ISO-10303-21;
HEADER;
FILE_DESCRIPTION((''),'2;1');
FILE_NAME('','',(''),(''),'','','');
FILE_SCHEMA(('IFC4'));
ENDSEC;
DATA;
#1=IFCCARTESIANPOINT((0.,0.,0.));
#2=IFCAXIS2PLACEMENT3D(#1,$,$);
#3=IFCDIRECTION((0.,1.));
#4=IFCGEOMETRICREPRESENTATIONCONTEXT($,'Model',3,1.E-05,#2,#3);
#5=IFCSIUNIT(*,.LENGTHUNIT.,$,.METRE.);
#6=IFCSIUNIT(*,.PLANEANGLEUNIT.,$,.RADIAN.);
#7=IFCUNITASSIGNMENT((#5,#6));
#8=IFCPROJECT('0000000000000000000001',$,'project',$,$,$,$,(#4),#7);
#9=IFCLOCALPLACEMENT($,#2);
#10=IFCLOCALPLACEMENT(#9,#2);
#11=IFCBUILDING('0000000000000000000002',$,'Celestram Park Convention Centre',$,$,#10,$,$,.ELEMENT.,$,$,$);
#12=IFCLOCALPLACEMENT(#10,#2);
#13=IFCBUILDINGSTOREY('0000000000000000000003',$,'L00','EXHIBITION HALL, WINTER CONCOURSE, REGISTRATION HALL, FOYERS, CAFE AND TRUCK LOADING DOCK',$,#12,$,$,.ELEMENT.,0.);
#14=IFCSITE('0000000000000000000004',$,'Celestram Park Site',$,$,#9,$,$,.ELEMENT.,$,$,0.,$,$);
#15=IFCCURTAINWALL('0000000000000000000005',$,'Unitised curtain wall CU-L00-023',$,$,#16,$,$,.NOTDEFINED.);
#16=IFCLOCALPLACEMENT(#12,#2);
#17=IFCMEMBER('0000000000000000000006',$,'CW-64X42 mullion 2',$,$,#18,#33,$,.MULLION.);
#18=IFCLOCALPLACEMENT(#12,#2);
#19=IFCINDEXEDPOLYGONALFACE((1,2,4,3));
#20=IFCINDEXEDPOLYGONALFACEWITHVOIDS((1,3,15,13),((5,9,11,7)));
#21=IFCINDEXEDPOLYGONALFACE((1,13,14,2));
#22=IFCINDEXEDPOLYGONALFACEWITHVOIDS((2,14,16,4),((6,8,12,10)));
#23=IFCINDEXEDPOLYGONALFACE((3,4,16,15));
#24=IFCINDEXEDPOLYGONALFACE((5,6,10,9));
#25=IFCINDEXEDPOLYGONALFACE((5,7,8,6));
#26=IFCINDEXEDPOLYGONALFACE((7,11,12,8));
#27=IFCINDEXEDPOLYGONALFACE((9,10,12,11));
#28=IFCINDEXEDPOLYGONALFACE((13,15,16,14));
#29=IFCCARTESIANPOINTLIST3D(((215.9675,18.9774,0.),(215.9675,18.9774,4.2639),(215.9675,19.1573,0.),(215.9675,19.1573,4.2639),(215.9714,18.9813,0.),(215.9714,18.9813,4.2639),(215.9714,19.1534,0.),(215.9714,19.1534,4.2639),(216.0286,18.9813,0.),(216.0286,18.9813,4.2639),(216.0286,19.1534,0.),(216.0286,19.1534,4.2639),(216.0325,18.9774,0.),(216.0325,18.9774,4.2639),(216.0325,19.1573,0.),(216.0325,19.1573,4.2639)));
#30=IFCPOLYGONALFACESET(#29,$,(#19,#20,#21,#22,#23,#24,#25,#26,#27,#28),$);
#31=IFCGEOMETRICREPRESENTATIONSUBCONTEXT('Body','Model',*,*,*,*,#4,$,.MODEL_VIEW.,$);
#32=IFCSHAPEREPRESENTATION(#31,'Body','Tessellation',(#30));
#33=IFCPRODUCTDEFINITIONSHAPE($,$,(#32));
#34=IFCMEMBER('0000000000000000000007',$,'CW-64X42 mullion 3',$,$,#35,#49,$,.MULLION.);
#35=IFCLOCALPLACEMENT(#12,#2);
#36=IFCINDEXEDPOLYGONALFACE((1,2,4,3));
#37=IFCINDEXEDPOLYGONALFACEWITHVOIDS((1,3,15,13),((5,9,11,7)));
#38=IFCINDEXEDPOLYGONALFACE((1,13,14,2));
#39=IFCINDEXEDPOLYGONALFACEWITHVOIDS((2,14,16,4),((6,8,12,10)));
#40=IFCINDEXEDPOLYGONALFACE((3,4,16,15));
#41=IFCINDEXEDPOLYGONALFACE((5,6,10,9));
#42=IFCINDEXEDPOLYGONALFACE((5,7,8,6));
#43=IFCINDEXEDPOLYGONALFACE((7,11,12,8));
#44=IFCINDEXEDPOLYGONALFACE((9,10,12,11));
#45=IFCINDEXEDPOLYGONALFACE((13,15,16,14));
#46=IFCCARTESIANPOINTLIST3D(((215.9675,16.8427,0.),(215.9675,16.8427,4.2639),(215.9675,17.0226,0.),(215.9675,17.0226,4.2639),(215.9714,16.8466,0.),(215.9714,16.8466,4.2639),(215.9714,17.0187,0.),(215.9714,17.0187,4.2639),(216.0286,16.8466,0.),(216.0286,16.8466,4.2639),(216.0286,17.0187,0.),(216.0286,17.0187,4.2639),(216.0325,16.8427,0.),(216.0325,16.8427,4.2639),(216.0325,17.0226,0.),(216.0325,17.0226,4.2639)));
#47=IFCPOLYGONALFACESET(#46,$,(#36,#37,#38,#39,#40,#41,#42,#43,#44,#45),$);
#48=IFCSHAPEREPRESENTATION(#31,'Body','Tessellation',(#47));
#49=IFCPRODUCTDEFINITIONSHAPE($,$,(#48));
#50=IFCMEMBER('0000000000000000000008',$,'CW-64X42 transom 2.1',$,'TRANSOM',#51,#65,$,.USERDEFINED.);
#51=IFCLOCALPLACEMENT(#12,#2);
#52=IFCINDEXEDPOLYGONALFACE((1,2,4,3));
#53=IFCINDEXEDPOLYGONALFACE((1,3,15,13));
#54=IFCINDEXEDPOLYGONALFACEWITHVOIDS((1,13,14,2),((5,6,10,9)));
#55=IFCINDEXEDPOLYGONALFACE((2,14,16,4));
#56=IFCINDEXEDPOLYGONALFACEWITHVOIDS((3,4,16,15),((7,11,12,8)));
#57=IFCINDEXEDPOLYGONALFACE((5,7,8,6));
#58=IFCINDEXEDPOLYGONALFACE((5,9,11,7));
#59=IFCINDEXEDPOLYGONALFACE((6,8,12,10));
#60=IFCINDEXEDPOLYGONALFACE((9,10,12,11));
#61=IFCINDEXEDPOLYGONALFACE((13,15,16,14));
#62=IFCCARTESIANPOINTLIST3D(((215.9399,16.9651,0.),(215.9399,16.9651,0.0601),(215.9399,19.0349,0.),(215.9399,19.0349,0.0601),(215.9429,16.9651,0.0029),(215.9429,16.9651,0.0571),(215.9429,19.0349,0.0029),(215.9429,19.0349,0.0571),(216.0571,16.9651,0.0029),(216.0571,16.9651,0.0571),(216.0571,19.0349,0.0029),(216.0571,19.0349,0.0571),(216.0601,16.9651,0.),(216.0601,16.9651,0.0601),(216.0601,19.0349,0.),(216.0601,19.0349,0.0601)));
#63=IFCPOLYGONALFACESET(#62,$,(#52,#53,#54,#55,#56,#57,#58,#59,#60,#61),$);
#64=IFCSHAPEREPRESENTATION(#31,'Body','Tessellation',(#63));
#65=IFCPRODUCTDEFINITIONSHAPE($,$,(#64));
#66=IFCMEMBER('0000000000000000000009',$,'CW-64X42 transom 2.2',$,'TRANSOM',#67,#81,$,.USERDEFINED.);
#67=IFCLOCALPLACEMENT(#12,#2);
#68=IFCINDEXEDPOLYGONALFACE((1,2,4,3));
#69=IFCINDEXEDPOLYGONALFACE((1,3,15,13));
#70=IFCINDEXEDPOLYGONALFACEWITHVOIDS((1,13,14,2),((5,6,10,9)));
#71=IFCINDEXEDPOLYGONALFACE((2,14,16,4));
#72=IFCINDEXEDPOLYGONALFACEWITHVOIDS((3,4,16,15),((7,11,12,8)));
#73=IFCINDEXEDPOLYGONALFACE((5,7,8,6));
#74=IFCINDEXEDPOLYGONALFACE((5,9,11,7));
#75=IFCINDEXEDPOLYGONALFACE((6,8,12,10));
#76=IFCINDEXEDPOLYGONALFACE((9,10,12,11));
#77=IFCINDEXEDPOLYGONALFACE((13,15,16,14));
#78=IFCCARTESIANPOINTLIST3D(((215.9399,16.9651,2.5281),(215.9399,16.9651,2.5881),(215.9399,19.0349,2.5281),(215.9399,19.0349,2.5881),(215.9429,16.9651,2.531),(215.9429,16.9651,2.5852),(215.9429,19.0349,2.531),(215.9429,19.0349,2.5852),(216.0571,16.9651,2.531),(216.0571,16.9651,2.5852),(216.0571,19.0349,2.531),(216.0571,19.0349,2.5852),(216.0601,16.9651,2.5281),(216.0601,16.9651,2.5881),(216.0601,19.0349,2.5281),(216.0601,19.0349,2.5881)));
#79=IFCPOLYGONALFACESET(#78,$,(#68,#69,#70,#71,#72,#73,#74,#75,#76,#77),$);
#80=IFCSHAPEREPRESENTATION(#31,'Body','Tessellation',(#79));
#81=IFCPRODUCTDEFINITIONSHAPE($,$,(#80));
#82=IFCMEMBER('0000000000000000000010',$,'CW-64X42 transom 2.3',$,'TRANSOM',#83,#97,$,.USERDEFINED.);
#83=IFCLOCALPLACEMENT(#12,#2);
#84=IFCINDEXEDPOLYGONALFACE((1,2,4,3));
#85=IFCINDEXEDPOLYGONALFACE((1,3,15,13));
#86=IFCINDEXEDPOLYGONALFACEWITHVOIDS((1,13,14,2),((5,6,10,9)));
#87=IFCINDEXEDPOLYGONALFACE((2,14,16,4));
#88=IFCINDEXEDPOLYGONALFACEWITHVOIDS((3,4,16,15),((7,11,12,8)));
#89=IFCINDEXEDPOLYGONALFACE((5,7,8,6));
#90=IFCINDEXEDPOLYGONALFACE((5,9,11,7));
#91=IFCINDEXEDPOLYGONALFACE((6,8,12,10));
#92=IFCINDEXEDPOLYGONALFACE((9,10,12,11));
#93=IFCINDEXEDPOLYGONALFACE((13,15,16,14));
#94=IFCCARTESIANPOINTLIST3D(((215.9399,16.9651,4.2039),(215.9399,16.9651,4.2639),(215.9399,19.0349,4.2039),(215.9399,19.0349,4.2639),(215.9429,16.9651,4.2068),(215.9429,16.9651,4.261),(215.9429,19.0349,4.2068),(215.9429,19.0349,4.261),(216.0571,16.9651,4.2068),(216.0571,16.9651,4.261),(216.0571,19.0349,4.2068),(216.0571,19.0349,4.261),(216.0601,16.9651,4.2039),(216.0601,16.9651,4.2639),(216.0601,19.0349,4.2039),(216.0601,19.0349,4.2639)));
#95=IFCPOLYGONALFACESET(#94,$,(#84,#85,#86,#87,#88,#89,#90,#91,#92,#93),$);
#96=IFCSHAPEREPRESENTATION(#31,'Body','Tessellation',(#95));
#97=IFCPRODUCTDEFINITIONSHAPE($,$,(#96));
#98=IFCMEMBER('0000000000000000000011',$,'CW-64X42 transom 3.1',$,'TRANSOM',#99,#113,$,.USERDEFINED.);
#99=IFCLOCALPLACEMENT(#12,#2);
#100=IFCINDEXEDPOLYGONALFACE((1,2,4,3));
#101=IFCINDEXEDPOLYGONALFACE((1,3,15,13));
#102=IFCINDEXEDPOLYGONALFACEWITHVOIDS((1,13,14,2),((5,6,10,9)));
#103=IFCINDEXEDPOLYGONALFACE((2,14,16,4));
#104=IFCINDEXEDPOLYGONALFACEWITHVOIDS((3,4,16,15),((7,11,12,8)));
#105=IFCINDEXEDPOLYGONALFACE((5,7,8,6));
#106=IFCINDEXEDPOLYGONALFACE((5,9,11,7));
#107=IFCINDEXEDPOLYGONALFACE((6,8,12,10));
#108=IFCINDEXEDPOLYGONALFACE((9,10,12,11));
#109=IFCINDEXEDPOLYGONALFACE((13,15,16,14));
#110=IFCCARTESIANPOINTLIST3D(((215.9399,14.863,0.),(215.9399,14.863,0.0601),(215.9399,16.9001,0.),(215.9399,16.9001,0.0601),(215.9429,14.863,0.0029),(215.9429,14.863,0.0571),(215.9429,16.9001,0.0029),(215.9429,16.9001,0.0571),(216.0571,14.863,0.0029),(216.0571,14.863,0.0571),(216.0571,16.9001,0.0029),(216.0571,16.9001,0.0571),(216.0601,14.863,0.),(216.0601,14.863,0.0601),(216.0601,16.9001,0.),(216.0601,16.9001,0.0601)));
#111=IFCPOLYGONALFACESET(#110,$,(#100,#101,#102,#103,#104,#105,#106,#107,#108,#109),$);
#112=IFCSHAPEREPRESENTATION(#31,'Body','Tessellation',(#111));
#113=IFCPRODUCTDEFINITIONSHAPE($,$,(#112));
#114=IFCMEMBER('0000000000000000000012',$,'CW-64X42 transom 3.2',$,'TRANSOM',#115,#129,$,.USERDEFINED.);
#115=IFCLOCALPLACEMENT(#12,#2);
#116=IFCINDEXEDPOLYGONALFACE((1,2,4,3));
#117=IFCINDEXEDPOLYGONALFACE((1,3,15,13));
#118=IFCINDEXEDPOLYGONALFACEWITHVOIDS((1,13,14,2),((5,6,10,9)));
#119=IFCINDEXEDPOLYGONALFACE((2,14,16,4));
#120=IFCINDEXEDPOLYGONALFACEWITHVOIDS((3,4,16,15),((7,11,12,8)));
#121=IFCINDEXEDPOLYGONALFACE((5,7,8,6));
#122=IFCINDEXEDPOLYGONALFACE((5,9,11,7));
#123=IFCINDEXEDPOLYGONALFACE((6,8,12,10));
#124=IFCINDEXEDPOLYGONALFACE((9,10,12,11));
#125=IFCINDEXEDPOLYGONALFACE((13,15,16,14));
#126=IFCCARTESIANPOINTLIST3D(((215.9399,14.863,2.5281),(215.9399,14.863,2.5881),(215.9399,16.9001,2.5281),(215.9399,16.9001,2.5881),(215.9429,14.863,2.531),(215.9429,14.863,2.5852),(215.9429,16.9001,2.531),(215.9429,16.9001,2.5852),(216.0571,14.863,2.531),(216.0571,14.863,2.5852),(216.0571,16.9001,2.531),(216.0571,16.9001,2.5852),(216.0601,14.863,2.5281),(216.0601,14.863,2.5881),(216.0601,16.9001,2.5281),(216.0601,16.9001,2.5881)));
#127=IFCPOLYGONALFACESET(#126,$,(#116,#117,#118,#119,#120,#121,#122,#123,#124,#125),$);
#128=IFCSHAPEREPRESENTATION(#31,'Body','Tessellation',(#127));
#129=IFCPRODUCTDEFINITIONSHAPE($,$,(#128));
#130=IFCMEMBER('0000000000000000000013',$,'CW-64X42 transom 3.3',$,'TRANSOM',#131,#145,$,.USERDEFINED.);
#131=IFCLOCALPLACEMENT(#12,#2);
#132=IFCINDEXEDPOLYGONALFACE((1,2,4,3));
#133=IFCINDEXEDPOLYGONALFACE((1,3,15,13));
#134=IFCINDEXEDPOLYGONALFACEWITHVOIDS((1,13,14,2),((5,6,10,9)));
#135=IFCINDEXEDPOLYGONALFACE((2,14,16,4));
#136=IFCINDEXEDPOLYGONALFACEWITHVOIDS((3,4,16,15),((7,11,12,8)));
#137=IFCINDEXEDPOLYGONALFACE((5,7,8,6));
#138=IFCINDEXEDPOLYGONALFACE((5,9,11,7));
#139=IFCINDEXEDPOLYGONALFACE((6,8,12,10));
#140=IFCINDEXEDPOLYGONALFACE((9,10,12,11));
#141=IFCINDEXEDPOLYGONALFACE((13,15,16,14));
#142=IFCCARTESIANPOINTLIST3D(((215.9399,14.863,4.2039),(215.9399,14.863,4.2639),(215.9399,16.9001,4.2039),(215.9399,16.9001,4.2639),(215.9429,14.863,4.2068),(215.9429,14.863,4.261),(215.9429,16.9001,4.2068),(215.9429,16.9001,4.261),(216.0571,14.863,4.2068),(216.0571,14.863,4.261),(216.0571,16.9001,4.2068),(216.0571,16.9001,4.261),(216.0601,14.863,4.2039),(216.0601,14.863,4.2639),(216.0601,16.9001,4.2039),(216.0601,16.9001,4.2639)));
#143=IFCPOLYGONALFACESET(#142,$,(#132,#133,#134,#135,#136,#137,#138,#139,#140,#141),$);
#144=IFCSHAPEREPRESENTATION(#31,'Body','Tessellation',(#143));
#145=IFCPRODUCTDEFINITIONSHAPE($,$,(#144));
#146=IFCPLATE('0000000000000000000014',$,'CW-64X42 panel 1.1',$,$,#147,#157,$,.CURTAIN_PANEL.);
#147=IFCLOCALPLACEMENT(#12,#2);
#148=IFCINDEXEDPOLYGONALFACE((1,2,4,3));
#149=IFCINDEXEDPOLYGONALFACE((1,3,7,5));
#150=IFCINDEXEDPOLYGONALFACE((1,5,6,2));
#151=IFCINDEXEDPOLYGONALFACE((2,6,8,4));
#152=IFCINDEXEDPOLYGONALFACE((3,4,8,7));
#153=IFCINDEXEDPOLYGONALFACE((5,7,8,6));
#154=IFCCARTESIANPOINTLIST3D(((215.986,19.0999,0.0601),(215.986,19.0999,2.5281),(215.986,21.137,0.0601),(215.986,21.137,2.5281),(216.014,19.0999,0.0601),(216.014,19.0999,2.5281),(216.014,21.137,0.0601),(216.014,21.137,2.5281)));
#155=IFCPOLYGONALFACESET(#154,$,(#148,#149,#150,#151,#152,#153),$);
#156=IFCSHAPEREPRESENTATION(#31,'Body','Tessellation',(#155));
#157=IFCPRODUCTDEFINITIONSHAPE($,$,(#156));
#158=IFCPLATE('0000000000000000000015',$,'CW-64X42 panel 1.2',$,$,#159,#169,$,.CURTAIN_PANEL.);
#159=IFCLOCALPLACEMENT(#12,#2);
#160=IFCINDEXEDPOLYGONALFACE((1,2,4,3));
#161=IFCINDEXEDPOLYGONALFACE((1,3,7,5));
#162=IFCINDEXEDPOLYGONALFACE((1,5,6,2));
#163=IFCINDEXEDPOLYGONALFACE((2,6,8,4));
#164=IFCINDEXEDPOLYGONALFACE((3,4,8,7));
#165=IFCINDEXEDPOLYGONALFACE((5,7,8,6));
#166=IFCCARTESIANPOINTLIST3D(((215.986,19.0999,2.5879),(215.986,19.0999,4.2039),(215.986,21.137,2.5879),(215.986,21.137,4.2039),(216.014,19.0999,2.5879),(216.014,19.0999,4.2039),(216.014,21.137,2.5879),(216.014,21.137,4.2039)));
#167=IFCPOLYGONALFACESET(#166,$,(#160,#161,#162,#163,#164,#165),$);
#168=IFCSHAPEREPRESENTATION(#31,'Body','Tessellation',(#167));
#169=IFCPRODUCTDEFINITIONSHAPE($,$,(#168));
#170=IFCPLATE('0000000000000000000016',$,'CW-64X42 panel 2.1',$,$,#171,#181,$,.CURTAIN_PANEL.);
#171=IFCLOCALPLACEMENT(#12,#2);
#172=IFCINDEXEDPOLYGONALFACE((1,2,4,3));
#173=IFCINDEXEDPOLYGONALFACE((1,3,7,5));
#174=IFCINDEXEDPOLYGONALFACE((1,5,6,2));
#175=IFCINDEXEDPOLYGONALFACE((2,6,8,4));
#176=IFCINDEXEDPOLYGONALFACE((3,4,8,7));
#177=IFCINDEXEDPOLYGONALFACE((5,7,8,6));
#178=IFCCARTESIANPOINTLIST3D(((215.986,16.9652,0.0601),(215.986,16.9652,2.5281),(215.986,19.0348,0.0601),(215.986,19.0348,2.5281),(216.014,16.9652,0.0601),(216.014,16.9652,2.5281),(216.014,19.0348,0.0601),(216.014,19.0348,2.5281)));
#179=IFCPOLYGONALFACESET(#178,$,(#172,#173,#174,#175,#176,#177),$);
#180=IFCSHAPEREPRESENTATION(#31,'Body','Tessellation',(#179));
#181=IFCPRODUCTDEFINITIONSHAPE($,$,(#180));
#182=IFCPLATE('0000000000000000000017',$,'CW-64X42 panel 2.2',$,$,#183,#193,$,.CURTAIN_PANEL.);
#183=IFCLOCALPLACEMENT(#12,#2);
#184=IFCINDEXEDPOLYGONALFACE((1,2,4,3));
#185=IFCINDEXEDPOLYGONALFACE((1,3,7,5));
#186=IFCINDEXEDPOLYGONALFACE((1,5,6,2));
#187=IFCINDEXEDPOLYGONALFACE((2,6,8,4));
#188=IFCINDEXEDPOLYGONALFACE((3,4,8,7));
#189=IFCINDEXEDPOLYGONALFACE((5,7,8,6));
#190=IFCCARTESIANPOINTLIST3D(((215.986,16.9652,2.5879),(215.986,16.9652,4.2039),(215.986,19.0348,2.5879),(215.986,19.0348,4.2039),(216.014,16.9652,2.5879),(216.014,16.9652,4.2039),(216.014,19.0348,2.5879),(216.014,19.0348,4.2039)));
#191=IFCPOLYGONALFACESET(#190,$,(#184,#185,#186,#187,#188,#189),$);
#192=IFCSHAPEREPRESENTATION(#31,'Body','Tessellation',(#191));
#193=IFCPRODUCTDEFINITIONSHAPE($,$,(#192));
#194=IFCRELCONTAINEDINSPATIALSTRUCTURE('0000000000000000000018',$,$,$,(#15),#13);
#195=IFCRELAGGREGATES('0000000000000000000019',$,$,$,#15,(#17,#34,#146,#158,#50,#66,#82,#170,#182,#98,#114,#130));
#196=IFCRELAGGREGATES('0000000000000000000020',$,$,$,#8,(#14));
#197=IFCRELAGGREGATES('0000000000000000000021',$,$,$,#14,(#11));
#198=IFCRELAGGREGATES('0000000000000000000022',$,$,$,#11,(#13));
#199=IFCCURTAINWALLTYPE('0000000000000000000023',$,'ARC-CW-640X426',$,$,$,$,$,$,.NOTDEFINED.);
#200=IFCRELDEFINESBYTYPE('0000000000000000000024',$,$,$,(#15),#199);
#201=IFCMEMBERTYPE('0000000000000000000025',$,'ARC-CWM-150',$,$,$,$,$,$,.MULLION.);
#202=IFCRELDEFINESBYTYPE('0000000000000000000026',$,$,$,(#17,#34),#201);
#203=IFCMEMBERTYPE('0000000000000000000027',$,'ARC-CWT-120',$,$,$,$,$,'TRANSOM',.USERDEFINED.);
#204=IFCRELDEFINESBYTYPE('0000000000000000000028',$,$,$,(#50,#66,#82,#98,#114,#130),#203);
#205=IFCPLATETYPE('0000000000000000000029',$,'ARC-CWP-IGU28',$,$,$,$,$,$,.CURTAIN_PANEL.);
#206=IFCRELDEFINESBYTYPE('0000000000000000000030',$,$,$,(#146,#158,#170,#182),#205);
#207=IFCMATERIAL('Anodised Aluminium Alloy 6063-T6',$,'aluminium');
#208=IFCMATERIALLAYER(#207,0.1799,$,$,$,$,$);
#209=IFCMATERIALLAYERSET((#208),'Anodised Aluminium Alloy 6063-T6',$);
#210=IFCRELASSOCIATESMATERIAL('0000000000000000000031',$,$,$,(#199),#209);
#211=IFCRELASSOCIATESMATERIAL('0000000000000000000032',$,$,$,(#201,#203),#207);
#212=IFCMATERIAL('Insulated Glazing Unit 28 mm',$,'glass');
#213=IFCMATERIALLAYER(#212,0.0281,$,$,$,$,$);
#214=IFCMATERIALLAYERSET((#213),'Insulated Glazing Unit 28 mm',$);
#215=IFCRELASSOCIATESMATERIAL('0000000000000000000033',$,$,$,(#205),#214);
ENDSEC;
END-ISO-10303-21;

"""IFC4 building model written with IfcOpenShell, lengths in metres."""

from ifc_helpers import new_model, si_unit, direction, frame, origin, origin_2d, place, context, subcontext, project, spatial, rectangle, hollow_rectangle, extrude, material, layer, layer_set, material_profile, profile_set, type_object, element, aggregate, save


model = new_model("IFC4")

# Units and contexts
model_context = context("Model", 3, precision=1e-05, world=origin(), true_north=direction((0.0, 1.0)))
body_context = subcontext(model_context, "Body", "Model", "MODEL_VIEW")
ifc_project = project(units=[si_unit("LENGTHUNIT", "METRE"), si_unit("PLANEANGLEUNIT", "RADIAN")], contexts=[model_context])

# Site, building, storey
site_placement = place(None, origin())
site = spatial("IfcSite", under=ifc_project, at=site_placement, Name="Celestram Park Site", CompositionType="ELEMENT", RefElevation=0.0)
building_placement = place(site_placement, origin())
building = spatial("IfcBuilding", under=site, at=building_placement, Name="Celestram Park Convention Centre", CompositionType="ELEMENT")
storey_placement = place(building_placement, origin())
storey = spatial("IfcBuildingStorey", under=building, at=storey_placement, Name="L00", Description="EXHIBITION HALL, WINTER CONCOURSE, REGISTRATION HALL, FOYERS, CAFE AND TRUCK LOADING DOCK", CompositionType="ELEMENT", Elevation=0.0)

# Curtain wall, members, plates
ifc_material_1 = material(Name="Anodised Aluminium Alloy 6063-T6", Category="aluminium")
ifc_layer_1 = layer(ifc_material_1, 0.1799)
ifc_layer_set_1 = layer_set([ifc_layer_1], Name="Anodised Aluminium Alloy 6063-T6")
curtain_wall_type = type_object("IfcCurtainWallType", Name="ARC-CW-640X426", PredefinedType="NOTDEFINED", material=ifc_layer_set_1)
curtain_wall_placement = place(storey_placement, origin())
curtain_wall = element("IfcCurtainWall", 1, at=curtain_wall_placement, inside=storey, type_object=curtain_wall_type, Name="Unitised curtain wall CU-L00-023", PredefinedType="NOTDEFINED")
ifc_material_profile_1 = material_profile(ifc_material_1, hollow_rectangle(XDim=0.0649, YDim=0.1799, WallThickness=0.0039, at=origin_2d()), Name="ALU65X180X4")
ifc_profile_set_1 = profile_set([ifc_material_profile_1], Name="Anodised Aluminium Alloy 6063-T6")
member_type_1 = type_object("IfcMemberType", Name="ARC-CWM-150", PredefinedType="MULLION", material=ifc_profile_set_1)
member_1_placement = place(storey_placement, frame((216.0, 19.0674, 0.0), z_axis=(0.0, 0.0, 1.0), x_axis=(1.0, 0.0, 0.0)))
member_1 = element("IfcMember", 2, at=member_1_placement, type_object=member_type_1, Name="CW-64X42 mullion 2", PredefinedType="MULLION", context=body_context, shape_type="SweptSolid", body=[
    extrude(hollow_rectangle(XDim=0.0649, YDim=0.1799, WallThickness=0.0039, at=origin_2d()), origin(), (0.0, 0.0, 1.0), 4.2639),
])
member_2_placement = place(storey_placement, frame((216.0, 16.9326, 0.0), z_axis=(0.0, 0.0, 1.0), x_axis=(1.0, 0.0, 0.0)))
member_2 = element("IfcMember", 3, at=member_2_placement, type_object=member_type_1, Name="CW-64X42 mullion 3", PredefinedType="MULLION", context=body_context, shape_type="SweptSolid", body=[
    extrude(hollow_rectangle(XDim=0.0649, YDim=0.1799, WallThickness=0.0039, at=origin_2d()), origin(), (0.0, 0.0, 1.0), 4.2639),
])
ifc_material_profile_2 = material_profile(ifc_material_1, hollow_rectangle(XDim=0.1201, YDim=0.0601, WallThickness=0.0029, at=origin_2d()), Name="ALU120X60X3")
ifc_profile_set_2 = profile_set([ifc_material_profile_2], Name="Anodised Aluminium Alloy 6063-T6")
member_type_2 = type_object("IfcMemberType", Name="ARC-CWT-120", ElementType="TRANSOM", PredefinedType="USERDEFINED", material=ifc_profile_set_2)
member_3_placement = place(storey_placement, frame((216.0, 19.0349, 0.03), z_axis=(0.0, -1.0, 0.0), x_axis=(1.0, 0.0, 0.0)))
member_3 = element("IfcMember", 4, at=member_3_placement, type_object=member_type_2, Name="CW-64X42 transom 2.1", ObjectType="TRANSOM", PredefinedType="USERDEFINED", context=body_context, shape_type="SweptSolid", body=[
    extrude(hollow_rectangle(XDim=0.1201, YDim=0.0601, WallThickness=0.0029, at=origin_2d()), origin(), (0.0, 0.0, 1.0), 2.0698),
])
member_4_placement = place(storey_placement, frame((216.0, 19.0349, 2.5581), z_axis=(0.0, -1.0, 0.0), x_axis=(1.0, 0.0, 0.0)))
member_4 = element("IfcMember", 5, at=member_4_placement, type_object=member_type_2, Name="CW-64X42 transom 2.2", ObjectType="TRANSOM", PredefinedType="USERDEFINED", context=body_context, shape_type="SweptSolid", body=[
    extrude(hollow_rectangle(XDim=0.1201, YDim=0.0601, WallThickness=0.0029, at=origin_2d()), origin(), (0.0, 0.0, 1.0), 2.0698),
])
member_5_placement = place(storey_placement, frame((216.0, 19.0349, 4.2339), z_axis=(0.0, -1.0, 0.0), x_axis=(1.0, 0.0, 0.0)))
member_5 = element("IfcMember", 6, at=member_5_placement, type_object=member_type_2, Name="CW-64X42 transom 2.3", ObjectType="TRANSOM", PredefinedType="USERDEFINED", context=body_context, shape_type="SweptSolid", body=[
    extrude(hollow_rectangle(XDim=0.1201, YDim=0.0601, WallThickness=0.0029, at=origin_2d()), origin(), (0.0, 0.0, 1.0), 2.0698),
])
member_6_placement = place(storey_placement, frame((216.0, 16.9001, 0.03), z_axis=(0.0, -1.0, 0.0), x_axis=(1.0, 0.0, 0.0)))
member_6 = element("IfcMember", 7, at=member_6_placement, type_object=member_type_2, Name="CW-64X42 transom 3.1", ObjectType="TRANSOM", PredefinedType="USERDEFINED", context=body_context, shape_type="SweptSolid", body=[
    extrude(hollow_rectangle(XDim=0.1201, YDim=0.0601, WallThickness=0.0029, at=origin_2d()), origin(), (0.0, 0.0, 1.0), 2.0371),
])
member_7_placement = place(storey_placement, frame((216.0, 16.9001, 2.5581), z_axis=(0.0, -1.0, 0.0), x_axis=(1.0, 0.0, 0.0)))
member_7 = element("IfcMember", 8, at=member_7_placement, type_object=member_type_2, Name="CW-64X42 transom 3.2", ObjectType="TRANSOM", PredefinedType="USERDEFINED", context=body_context, shape_type="SweptSolid", body=[
    extrude(hollow_rectangle(XDim=0.1201, YDim=0.0601, WallThickness=0.0029, at=origin_2d()), origin(), (0.0, 0.0, 1.0), 2.0371),
])
member_8_placement = place(storey_placement, frame((216.0, 16.9001, 4.2339), z_axis=(0.0, -1.0, 0.0), x_axis=(1.0, 0.0, 0.0)))
member_8 = element("IfcMember", 9, at=member_8_placement, type_object=member_type_2, Name="CW-64X42 transom 3.3", ObjectType="TRANSOM", PredefinedType="USERDEFINED", context=body_context, shape_type="SweptSolid", body=[
    extrude(hollow_rectangle(XDim=0.1201, YDim=0.0601, WallThickness=0.0029, at=origin_2d()), origin(), (0.0, 0.0, 1.0), 2.0371),
])
ifc_material_2 = material(Name="Insulated Glazing Unit 28 mm", Category="glass")
ifc_layer_2 = layer(ifc_material_2, 0.0281)
ifc_layer_set_2 = layer_set([ifc_layer_2], Name="Insulated Glazing Unit 28 mm")
plate_type = type_object("IfcPlateType", Name="ARC-CWP-IGU28", PredefinedType="CURTAIN_PANEL", material=ifc_layer_set_2)
plate_1_placement = place(storey_placement, frame((216.0, 20.1184, 0.0601), z_axis=(0.0, 0.0, 1.0), x_axis=(0.0, -1.0, 0.0)))
plate_1 = element("IfcPlate", 10, at=plate_1_placement, type_object=plate_type, Name="CW-64X42 panel 1.1", PredefinedType="CURTAIN_PANEL", context=body_context, shape_type="SweptSolid", body=[
    extrude(rectangle(XDim=2.0371, YDim=0.0281, at=origin_2d()), origin(), (0.0, 0.0, 1.0), 2.468),
])
plate_2_placement = place(storey_placement, frame((216.0, 20.1184, 2.5879), z_axis=(0.0, 0.0, 1.0), x_axis=(0.0, -1.0, 0.0)))
plate_2 = element("IfcPlate", 11, at=plate_2_placement, type_object=plate_type, Name="CW-64X42 panel 1.2", PredefinedType="CURTAIN_PANEL", context=body_context, shape_type="SweptSolid", body=[
    extrude(rectangle(XDim=2.0371, YDim=0.0281, at=origin_2d()), origin(), (0.0, 0.0, 1.0), 1.616),
])
plate_3_placement = place(storey_placement, frame((216.0, 18.0, 0.0601), z_axis=(0.0, 0.0, 1.0), x_axis=(0.0, -1.0, 0.0)))
plate_3 = element("IfcPlate", 12, at=plate_3_placement, type_object=plate_type, Name="CW-64X42 panel 2.1", PredefinedType="CURTAIN_PANEL", context=body_context, shape_type="SweptSolid", body=[
    extrude(rectangle(XDim=2.0696, YDim=0.0281, at=origin_2d()), origin(), (0.0, 0.0, 1.0), 2.468),
])
plate_4_placement = place(storey_placement, frame((216.0, 18.0, 2.5879), z_axis=(0.0, 0.0, 1.0), x_axis=(0.0, -1.0, 0.0)))
plate_4 = element("IfcPlate", 13, at=plate_4_placement, type_object=plate_type, Name="CW-64X42 panel 2.2", PredefinedType="CURTAIN_PANEL", context=body_context, shape_type="SweptSolid", body=[
    extrude(rectangle(XDim=2.0696, YDim=0.0281, at=origin_2d()), origin(), (0.0, 0.0, 1.0), 1.616),
])
aggregate(curtain_wall, [member_1, member_2, plate_1, plate_2, member_3, member_4, member_5, plate_3, plate_4, member_6, member_7, member_8])

save(model, "model.ifc")
